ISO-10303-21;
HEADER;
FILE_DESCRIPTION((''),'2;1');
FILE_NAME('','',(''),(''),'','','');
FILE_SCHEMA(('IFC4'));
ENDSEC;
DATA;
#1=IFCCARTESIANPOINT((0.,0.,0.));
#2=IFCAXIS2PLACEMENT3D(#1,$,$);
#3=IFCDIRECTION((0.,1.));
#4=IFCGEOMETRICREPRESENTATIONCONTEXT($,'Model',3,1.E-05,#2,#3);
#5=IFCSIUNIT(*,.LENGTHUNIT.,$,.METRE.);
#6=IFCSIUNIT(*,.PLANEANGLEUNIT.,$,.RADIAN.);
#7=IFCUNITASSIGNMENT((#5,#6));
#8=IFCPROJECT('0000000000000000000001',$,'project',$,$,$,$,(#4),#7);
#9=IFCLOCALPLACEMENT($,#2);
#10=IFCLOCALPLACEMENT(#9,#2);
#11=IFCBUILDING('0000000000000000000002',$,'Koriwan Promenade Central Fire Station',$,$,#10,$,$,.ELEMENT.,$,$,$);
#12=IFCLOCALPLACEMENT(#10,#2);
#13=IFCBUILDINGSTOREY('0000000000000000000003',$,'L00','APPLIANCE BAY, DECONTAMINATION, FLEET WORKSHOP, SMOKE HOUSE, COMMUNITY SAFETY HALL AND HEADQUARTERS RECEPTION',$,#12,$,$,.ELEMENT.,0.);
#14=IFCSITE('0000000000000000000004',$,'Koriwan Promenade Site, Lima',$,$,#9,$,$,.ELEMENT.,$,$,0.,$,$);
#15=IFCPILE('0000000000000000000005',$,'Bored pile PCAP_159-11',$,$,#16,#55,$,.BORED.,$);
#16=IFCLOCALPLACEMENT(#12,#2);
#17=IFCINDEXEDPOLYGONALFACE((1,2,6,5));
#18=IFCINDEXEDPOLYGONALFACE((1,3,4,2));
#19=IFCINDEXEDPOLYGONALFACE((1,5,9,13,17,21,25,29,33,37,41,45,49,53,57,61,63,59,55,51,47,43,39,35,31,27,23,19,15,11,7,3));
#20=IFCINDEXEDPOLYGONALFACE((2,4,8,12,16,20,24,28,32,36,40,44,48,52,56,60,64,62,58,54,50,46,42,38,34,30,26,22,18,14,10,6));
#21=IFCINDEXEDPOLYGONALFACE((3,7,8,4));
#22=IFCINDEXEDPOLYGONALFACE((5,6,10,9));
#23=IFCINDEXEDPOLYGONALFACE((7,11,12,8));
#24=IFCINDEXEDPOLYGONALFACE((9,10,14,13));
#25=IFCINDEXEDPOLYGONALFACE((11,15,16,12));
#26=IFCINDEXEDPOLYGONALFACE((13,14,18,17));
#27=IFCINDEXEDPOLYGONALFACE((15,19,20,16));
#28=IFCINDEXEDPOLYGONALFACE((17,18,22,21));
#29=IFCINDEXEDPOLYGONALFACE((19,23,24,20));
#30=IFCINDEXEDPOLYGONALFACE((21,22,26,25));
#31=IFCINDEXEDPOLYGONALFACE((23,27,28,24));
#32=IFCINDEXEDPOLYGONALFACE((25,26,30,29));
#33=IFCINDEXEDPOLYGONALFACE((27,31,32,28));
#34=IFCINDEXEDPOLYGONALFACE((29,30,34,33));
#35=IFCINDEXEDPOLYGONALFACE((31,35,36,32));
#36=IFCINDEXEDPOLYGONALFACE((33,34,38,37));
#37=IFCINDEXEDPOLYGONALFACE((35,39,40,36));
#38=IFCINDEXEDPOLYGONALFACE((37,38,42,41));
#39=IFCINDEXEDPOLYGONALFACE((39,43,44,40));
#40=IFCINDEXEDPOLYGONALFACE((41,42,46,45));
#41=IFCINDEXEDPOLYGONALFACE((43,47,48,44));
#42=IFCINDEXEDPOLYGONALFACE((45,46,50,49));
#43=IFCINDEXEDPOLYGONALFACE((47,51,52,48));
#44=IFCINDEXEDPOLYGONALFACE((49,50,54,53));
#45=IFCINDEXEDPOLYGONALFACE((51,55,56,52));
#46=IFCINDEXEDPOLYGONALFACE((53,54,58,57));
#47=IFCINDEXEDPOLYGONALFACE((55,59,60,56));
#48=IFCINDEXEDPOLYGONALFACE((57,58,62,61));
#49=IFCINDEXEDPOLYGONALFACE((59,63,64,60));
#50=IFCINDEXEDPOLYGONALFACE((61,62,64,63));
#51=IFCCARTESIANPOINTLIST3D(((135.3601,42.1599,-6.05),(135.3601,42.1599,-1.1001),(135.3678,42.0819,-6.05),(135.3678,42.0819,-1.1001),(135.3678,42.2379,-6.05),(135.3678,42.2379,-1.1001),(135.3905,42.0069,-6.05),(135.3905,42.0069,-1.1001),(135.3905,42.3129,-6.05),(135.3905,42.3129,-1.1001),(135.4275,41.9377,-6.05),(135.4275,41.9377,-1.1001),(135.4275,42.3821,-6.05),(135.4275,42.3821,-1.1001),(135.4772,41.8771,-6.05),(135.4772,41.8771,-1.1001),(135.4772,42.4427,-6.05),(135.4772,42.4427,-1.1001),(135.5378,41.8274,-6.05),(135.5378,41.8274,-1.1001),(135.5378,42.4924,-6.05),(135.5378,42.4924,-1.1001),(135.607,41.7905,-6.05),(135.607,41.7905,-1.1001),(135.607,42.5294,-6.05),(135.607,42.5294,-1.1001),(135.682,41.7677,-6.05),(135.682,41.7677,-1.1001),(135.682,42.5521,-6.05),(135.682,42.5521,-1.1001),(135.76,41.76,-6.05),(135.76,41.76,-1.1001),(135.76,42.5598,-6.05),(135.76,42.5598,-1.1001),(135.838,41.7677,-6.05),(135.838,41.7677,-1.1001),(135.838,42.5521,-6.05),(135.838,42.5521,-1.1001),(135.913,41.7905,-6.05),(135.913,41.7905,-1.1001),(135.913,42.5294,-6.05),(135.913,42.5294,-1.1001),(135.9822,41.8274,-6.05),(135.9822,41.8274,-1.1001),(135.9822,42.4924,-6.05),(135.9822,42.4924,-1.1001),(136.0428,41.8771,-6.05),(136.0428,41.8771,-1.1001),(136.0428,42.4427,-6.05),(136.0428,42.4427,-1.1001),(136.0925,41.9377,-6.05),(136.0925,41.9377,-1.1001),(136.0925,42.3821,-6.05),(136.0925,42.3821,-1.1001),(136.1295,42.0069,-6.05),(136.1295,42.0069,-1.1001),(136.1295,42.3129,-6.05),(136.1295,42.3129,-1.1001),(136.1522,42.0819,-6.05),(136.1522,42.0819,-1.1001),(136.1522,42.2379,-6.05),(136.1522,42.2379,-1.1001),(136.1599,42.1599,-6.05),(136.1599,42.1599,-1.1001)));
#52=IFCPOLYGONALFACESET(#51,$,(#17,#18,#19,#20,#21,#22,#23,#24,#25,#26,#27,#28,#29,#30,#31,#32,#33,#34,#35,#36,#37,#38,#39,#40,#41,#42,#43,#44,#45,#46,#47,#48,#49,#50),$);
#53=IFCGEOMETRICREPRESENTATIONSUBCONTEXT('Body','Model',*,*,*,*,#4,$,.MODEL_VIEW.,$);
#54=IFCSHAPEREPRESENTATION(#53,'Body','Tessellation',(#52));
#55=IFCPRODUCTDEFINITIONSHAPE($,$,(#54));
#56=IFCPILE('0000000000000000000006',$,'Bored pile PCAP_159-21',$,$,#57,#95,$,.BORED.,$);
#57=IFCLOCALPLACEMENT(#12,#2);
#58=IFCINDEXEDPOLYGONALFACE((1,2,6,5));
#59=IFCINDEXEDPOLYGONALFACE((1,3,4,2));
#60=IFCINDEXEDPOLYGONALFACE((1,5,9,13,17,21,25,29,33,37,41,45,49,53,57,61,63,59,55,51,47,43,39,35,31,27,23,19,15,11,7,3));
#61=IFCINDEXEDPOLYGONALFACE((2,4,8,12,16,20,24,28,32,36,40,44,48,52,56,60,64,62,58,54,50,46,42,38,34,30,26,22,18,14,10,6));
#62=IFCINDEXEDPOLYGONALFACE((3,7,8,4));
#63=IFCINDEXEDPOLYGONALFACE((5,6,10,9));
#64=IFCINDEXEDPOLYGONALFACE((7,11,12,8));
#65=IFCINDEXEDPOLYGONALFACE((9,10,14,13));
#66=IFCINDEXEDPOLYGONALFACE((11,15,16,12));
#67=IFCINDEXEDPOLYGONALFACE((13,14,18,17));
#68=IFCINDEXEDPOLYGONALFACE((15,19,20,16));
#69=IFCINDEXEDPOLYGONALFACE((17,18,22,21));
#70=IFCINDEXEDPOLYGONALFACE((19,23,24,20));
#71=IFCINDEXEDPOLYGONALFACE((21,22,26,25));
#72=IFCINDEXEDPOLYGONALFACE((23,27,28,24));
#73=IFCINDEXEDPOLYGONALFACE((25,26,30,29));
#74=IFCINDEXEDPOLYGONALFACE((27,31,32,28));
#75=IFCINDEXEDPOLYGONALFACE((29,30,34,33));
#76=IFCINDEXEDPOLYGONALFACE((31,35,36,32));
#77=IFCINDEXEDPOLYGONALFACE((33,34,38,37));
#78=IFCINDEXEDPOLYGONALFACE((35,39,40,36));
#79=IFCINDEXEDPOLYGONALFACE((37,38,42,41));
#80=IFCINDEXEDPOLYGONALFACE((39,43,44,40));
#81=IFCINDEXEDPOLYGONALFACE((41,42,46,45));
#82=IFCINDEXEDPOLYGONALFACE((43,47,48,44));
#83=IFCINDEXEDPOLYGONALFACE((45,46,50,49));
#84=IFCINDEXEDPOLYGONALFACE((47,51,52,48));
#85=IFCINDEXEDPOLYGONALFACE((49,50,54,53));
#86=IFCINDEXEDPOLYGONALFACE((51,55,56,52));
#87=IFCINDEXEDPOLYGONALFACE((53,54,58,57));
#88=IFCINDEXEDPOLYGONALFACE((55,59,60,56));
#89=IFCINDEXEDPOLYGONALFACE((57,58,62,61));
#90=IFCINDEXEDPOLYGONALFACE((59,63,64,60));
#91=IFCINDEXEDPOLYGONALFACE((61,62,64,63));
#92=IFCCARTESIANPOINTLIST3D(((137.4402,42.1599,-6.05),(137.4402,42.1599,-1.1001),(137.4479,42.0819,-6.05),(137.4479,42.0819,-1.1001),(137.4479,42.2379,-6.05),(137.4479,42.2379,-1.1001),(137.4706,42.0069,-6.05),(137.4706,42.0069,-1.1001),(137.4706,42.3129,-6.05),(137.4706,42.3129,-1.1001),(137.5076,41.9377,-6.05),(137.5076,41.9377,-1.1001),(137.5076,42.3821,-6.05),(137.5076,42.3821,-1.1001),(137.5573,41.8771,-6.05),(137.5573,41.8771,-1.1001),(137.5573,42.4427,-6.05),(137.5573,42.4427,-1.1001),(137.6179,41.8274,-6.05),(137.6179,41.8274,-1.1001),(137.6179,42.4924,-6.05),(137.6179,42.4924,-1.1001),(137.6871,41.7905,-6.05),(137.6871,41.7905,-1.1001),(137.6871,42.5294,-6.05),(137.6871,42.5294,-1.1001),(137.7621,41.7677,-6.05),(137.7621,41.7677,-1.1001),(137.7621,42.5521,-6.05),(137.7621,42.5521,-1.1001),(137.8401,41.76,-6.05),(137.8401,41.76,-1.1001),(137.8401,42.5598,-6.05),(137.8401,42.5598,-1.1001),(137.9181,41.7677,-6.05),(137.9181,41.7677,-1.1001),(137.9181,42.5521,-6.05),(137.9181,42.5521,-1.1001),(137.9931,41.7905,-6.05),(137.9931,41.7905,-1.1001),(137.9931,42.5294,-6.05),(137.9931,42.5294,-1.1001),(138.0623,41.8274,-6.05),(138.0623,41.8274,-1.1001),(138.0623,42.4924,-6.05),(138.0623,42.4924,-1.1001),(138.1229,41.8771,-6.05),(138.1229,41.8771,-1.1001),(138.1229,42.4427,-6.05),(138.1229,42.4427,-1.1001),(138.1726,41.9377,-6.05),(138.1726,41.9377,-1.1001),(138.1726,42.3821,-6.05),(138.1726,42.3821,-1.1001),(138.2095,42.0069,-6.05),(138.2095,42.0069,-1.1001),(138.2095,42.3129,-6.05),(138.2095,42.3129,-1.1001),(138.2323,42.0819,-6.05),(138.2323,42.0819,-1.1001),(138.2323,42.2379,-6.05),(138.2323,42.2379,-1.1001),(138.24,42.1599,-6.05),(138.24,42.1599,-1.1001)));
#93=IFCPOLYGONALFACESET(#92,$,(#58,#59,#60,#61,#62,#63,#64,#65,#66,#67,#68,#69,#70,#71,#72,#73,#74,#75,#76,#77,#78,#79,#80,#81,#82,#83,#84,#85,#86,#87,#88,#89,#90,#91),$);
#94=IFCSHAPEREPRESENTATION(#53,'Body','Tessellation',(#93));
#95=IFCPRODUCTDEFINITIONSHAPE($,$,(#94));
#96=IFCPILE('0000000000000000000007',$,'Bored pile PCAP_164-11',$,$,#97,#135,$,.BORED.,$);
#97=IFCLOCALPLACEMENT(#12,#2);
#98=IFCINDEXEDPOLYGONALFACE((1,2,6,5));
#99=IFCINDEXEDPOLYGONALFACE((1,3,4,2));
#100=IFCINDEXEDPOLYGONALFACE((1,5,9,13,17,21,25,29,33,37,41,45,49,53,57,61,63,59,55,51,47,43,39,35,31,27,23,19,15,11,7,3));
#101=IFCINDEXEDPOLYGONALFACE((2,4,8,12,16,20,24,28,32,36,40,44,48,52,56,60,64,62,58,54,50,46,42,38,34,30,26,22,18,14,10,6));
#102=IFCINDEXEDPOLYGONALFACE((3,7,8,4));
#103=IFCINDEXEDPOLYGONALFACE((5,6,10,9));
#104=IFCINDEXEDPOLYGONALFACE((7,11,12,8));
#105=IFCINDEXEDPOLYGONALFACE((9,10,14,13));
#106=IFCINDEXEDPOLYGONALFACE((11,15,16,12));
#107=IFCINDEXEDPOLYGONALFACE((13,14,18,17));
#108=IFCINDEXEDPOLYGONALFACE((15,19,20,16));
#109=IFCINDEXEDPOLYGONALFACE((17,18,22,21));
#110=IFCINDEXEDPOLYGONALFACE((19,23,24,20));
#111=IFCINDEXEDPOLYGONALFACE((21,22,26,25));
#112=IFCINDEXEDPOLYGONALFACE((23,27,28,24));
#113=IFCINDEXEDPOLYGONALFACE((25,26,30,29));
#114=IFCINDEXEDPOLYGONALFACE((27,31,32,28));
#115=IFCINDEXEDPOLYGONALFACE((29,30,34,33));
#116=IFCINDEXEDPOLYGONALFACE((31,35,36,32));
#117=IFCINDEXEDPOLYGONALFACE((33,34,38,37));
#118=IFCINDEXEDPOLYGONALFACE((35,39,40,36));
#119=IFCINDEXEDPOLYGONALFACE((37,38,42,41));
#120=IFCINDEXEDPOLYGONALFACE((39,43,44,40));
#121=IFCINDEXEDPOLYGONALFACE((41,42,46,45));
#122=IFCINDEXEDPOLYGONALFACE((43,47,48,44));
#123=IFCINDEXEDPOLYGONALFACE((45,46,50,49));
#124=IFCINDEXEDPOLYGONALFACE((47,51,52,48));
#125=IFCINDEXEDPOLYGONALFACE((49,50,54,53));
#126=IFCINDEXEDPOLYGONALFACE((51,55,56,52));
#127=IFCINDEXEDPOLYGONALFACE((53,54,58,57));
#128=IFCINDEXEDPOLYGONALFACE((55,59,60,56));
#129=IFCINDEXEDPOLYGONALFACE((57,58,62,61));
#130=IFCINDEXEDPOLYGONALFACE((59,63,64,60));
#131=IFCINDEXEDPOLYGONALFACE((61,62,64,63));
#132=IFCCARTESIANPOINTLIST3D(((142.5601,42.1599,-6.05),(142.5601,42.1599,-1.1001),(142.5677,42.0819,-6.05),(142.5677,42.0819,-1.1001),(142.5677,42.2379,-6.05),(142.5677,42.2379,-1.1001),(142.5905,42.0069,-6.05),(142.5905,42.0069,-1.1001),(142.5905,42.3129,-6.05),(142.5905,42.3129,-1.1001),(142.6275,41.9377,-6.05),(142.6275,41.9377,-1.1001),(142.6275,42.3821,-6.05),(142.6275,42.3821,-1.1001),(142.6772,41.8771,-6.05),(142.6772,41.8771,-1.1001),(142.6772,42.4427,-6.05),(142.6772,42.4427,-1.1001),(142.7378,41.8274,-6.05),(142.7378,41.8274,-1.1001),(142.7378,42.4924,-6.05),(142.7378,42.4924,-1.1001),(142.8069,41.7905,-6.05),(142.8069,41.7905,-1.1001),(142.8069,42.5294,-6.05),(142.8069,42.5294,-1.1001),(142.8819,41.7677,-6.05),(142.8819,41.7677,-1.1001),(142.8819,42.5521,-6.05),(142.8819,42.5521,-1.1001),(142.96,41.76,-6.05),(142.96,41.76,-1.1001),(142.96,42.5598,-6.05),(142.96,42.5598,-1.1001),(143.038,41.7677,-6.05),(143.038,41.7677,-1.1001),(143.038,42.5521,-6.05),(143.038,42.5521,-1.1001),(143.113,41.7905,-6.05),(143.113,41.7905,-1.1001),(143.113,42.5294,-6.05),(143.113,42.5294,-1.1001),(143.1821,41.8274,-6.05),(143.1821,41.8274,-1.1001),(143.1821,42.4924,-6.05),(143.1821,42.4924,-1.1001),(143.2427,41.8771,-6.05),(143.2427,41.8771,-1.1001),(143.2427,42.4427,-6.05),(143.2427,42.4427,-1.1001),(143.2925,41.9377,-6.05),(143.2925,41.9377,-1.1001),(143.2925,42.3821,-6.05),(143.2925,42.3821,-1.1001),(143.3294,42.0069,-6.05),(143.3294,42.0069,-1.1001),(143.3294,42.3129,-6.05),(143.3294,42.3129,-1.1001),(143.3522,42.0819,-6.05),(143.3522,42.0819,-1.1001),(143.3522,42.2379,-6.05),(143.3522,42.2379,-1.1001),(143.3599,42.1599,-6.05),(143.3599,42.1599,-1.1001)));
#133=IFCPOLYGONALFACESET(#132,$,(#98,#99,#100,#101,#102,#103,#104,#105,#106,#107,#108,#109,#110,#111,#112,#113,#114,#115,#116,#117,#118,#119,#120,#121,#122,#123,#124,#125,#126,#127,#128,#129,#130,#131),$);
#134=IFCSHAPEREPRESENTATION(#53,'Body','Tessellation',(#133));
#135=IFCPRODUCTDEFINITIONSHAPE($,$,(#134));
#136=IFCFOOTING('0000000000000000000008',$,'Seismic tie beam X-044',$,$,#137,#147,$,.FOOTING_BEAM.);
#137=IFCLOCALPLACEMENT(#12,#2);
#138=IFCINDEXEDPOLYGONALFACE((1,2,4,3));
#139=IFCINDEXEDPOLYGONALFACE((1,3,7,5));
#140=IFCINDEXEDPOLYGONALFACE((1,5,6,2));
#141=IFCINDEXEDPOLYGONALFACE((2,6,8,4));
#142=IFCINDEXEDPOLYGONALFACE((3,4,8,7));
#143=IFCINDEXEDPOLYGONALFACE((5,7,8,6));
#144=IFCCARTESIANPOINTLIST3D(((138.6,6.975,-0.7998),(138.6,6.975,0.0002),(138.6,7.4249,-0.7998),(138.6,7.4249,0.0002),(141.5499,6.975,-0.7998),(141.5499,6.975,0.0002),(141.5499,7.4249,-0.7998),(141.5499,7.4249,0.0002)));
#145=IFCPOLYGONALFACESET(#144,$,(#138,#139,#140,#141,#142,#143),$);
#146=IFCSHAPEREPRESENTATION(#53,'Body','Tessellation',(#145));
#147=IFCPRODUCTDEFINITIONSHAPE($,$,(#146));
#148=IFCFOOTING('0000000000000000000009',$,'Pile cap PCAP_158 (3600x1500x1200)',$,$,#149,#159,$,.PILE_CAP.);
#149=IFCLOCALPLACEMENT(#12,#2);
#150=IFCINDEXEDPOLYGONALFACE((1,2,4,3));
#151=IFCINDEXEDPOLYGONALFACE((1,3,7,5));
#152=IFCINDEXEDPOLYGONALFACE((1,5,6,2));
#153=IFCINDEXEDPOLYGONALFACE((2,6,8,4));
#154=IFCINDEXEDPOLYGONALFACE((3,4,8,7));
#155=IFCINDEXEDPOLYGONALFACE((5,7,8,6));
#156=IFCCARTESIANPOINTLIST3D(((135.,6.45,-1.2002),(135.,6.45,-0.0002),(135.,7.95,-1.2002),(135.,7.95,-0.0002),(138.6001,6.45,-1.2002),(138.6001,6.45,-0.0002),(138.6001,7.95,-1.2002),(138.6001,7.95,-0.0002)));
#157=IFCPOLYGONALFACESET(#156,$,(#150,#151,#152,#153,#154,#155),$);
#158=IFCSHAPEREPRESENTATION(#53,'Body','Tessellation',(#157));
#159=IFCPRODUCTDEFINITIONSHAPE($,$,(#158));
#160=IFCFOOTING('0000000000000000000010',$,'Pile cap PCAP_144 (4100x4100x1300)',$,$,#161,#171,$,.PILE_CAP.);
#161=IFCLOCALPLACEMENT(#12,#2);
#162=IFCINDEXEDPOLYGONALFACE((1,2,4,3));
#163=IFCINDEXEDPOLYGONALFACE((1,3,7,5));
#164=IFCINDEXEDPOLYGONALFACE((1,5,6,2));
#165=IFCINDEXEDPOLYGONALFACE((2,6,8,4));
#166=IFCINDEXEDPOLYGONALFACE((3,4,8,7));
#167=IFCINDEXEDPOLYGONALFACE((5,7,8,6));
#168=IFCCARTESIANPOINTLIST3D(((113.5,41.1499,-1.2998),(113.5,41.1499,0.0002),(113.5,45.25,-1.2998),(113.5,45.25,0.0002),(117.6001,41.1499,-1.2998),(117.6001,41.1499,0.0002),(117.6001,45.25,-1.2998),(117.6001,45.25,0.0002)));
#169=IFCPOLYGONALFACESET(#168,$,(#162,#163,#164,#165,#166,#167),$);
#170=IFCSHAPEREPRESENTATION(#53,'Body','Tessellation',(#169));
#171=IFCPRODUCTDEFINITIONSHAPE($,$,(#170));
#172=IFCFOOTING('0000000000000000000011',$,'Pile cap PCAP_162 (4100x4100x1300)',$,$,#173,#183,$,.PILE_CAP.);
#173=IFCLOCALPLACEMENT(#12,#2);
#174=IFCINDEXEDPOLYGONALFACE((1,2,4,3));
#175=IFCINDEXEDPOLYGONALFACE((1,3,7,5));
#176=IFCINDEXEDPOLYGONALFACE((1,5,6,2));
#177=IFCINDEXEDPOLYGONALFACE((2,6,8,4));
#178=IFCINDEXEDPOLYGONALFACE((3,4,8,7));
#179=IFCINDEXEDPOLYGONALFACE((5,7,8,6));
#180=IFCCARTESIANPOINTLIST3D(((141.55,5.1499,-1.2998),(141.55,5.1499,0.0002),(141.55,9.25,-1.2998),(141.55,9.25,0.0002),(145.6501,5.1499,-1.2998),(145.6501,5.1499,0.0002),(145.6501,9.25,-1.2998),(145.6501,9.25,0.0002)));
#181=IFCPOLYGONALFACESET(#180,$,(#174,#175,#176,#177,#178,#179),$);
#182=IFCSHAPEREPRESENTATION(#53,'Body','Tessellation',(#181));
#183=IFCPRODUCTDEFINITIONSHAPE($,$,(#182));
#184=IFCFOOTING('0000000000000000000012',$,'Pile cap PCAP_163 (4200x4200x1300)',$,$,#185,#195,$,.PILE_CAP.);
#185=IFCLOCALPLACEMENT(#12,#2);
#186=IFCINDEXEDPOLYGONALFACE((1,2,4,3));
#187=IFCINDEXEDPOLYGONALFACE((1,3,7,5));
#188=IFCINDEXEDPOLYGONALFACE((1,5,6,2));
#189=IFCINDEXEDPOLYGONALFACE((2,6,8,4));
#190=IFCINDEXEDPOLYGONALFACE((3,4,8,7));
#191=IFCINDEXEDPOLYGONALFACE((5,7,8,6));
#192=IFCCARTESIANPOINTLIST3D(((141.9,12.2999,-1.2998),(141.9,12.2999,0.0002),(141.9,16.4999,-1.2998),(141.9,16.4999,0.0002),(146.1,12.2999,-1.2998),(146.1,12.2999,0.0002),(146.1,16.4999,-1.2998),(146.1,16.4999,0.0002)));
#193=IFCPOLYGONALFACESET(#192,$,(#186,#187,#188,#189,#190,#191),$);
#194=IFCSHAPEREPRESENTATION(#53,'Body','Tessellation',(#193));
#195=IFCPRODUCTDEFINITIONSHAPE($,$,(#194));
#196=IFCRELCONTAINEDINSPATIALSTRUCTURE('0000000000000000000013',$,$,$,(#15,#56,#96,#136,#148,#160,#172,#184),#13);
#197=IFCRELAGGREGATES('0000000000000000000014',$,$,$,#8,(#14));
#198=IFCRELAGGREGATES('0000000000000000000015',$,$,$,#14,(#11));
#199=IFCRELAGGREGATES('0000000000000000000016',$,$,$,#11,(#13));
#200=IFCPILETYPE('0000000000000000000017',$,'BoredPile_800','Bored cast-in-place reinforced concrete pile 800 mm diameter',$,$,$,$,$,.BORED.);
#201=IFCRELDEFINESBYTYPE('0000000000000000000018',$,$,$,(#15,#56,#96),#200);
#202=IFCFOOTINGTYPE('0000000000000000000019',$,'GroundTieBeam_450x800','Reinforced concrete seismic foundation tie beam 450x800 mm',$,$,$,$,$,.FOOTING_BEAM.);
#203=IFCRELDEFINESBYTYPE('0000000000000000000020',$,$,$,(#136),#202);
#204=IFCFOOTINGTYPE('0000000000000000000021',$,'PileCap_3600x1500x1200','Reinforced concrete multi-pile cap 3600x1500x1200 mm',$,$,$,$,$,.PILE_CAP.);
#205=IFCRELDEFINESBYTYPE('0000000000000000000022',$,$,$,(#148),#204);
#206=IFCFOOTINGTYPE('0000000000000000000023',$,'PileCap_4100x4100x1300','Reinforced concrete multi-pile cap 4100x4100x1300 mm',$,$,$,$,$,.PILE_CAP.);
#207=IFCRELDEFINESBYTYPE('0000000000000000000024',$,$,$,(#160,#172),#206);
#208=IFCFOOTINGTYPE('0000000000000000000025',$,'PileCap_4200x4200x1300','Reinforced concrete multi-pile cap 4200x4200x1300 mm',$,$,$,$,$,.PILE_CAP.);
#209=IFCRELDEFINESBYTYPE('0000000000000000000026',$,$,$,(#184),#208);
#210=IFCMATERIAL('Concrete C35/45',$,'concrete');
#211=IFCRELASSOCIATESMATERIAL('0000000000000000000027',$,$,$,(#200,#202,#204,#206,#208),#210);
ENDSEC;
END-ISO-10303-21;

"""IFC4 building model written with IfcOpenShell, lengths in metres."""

from ifc_helpers import new_model, si_unit, direction, frame, origin, origin_2d, place, context, subcontext, project, spatial, rectangle, circle, extrude, material, material_profile, profile_set, type_object, element, save


model = new_model("IFC4")

# Units and contexts
model_context = context("Model", 3, precision=1e-05, world=origin(), true_north=direction((0.0, 1.0)))
body_context = subcontext(model_context, "Body", "Model", "MODEL_VIEW")
ifc_project = project(units=[si_unit("LENGTHUNIT", "METRE"), si_unit("PLANEANGLEUNIT", "RADIAN")], contexts=[model_context])

# Site, building, storey
site_placement = place(None, origin())
site = spatial("IfcSite", under=ifc_project, at=site_placement, Name="Koriwan Promenade Site, Lima", CompositionType="ELEMENT", RefElevation=0.0)
building_placement = place(site_placement, origin())
building = spatial("IfcBuilding", under=site, at=building_placement, Name="Koriwan Promenade Central Fire Station", CompositionType="ELEMENT")
storey_placement = place(building_placement, origin())
storey = spatial("IfcBuildingStorey", under=building, at=storey_placement, Name="L00", Description="APPLIANCE BAY, DECONTAMINATION, FLEET WORKSHOP, SMOKE HOUSE, COMMUNITY SAFETY HALL AND HEADQUARTERS RECEPTION", CompositionType="ELEMENT", Elevation=0.0)

# Piles
ifc_material_1 = material(Name="Concrete C35/45", Category="concrete")
ifc_material_profile_1 = material_profile(ifc_material_1, circle(Radius=0.3999, at=origin_2d()), Name="PILE-D800")
ifc_profile_set_1 = profile_set([ifc_material_profile_1], Name="Concrete C35/45")
pile_type_1 = type_object("IfcPileType", Name="BoredPile_800", Description="Bored cast-in-place reinforced concrete pile 800 mm diameter", PredefinedType="BORED", material=ifc_profile_set_1)
for number, where, z_axis, x_axis, name in (
    (1, (135.76, 42.1599, -1.1001), (0.0, 0.0, -1.0), (1.0, 0.0, 0.0), "Bored pile PCAP_159-11"),
    (2, (137.8401, 42.1599, -1.1001), (0.0, 0.0, -1.0), (1.0, 0.0, 0.0), "Bored pile PCAP_159-21"),
    (3, (142.96, 42.1599, -1.1001), (0.0, 0.0, -1.0), (1.0, 0.0, 0.0), "Bored pile PCAP_164-11"),
):
    element("IfcPile", number, at=place(storey_placement, frame(where, z_axis=z_axis, x_axis=x_axis)), inside=storey, type_object=pile_type_1, Name=name, PredefinedType="BORED", context=body_context, shape_type="SweptSolid", body=[
        extrude(circle(Radius=0.3999, at=origin_2d()), origin(), (0.0, 0.0, 1.0), 4.95),
    ])

# Footings
footing_type_1 = type_object("IfcFootingType", Name="GroundTieBeam_450x800", Description="Reinforced concrete seismic foundation tie beam 450x800 mm", PredefinedType="FOOTING_BEAM", material=ifc_material_1)
footing_1_placement = place(storey_placement, frame((140.075, 7.2, -0.7998), z_axis=(0.0, 0.0, 1.0), x_axis=(1.0, 0.0, 0.0)))
element("IfcFooting", 4, at=footing_1_placement, inside=storey, type_object=footing_type_1, Name="Seismic tie beam X-044", PredefinedType="FOOTING_BEAM", context=body_context, shape_type="SweptSolid", body=[
    extrude(rectangle(XDim=2.95, YDim=0.45, at=origin_2d()), origin(), (0.0, 0.0, 1.0), 0.8),
])
footing_type_2 = type_object("IfcFootingType", Name="PileCap_3600x1500x1200", Description="Reinforced concrete multi-pile cap 3600x1500x1200 mm", PredefinedType="PILE_CAP", material=ifc_material_1)
footing_2_placement = place(storey_placement, frame((136.8, 7.2, -1.2002), z_axis=(0.0, 0.0, 1.0), x_axis=(1.0, 0.0, 0.0)))
element("IfcFooting", 5, at=footing_2_placement, inside=storey, type_object=footing_type_2, Name="Pile cap PCAP_158 (3600x1500x1200)", PredefinedType="PILE_CAP", context=body_context, shape_type="SweptSolid", body=[
    extrude(rectangle(XDim=3.6001, YDim=1.5, at=origin_2d()), origin(), (0.0, 0.0, 1.0), 1.2),
])
footing_type_3 = type_object("IfcFootingType", Name="PileCap_4100x4100x1300", Description="Reinforced concrete multi-pile cap 4100x4100x1300 mm", PredefinedType="PILE_CAP", material=ifc_material_1)
for number, where, z_axis, x_axis, name in (
    (6, (115.55, 43.2, -1.2998), (0.0, 0.0, 1.0), (1.0, 0.0, 0.0), "Pile cap PCAP_144 (4100x4100x1300)"),
    (7, (143.6001, 7.2, -1.2998), (0.0, 0.0, 1.0), (1.0, 0.0, 0.0), "Pile cap PCAP_162 (4100x4100x1300)"),
):
    element("IfcFooting", number, at=place(storey_placement, frame(where, z_axis=z_axis, x_axis=x_axis)), inside=storey, type_object=footing_type_3, Name=name, PredefinedType="PILE_CAP", context=body_context, shape_type="SweptSolid", body=[
        extrude(rectangle(XDim=4.1001, YDim=4.1001, at=origin_2d()), origin(), (0.0, 0.0, 1.0), 1.3),
    ])
footing_type_4 = type_object("IfcFootingType", Name="PileCap_4200x4200x1300", Description="Reinforced concrete multi-pile cap 4200x4200x1300 mm", PredefinedType="PILE_CAP", material=ifc_material_1)
footing_3_placement = place(storey_placement, frame((144.0, 14.3999, -1.2998), z_axis=(0.0, 0.0, 1.0), x_axis=(1.0, 0.0, 0.0)))
element("IfcFooting", 8, at=footing_3_placement, inside=storey, type_object=footing_type_4, Name="Pile cap PCAP_163 (4200x4200x1300)", PredefinedType="PILE_CAP", context=body_context, shape_type="SweptSolid", body=[
    extrude(rectangle(XDim=4.2, YDim=4.2, at=origin_2d()), origin(), (0.0, 0.0, 1.0), 1.3),
])

save(model, "model.ifc")
